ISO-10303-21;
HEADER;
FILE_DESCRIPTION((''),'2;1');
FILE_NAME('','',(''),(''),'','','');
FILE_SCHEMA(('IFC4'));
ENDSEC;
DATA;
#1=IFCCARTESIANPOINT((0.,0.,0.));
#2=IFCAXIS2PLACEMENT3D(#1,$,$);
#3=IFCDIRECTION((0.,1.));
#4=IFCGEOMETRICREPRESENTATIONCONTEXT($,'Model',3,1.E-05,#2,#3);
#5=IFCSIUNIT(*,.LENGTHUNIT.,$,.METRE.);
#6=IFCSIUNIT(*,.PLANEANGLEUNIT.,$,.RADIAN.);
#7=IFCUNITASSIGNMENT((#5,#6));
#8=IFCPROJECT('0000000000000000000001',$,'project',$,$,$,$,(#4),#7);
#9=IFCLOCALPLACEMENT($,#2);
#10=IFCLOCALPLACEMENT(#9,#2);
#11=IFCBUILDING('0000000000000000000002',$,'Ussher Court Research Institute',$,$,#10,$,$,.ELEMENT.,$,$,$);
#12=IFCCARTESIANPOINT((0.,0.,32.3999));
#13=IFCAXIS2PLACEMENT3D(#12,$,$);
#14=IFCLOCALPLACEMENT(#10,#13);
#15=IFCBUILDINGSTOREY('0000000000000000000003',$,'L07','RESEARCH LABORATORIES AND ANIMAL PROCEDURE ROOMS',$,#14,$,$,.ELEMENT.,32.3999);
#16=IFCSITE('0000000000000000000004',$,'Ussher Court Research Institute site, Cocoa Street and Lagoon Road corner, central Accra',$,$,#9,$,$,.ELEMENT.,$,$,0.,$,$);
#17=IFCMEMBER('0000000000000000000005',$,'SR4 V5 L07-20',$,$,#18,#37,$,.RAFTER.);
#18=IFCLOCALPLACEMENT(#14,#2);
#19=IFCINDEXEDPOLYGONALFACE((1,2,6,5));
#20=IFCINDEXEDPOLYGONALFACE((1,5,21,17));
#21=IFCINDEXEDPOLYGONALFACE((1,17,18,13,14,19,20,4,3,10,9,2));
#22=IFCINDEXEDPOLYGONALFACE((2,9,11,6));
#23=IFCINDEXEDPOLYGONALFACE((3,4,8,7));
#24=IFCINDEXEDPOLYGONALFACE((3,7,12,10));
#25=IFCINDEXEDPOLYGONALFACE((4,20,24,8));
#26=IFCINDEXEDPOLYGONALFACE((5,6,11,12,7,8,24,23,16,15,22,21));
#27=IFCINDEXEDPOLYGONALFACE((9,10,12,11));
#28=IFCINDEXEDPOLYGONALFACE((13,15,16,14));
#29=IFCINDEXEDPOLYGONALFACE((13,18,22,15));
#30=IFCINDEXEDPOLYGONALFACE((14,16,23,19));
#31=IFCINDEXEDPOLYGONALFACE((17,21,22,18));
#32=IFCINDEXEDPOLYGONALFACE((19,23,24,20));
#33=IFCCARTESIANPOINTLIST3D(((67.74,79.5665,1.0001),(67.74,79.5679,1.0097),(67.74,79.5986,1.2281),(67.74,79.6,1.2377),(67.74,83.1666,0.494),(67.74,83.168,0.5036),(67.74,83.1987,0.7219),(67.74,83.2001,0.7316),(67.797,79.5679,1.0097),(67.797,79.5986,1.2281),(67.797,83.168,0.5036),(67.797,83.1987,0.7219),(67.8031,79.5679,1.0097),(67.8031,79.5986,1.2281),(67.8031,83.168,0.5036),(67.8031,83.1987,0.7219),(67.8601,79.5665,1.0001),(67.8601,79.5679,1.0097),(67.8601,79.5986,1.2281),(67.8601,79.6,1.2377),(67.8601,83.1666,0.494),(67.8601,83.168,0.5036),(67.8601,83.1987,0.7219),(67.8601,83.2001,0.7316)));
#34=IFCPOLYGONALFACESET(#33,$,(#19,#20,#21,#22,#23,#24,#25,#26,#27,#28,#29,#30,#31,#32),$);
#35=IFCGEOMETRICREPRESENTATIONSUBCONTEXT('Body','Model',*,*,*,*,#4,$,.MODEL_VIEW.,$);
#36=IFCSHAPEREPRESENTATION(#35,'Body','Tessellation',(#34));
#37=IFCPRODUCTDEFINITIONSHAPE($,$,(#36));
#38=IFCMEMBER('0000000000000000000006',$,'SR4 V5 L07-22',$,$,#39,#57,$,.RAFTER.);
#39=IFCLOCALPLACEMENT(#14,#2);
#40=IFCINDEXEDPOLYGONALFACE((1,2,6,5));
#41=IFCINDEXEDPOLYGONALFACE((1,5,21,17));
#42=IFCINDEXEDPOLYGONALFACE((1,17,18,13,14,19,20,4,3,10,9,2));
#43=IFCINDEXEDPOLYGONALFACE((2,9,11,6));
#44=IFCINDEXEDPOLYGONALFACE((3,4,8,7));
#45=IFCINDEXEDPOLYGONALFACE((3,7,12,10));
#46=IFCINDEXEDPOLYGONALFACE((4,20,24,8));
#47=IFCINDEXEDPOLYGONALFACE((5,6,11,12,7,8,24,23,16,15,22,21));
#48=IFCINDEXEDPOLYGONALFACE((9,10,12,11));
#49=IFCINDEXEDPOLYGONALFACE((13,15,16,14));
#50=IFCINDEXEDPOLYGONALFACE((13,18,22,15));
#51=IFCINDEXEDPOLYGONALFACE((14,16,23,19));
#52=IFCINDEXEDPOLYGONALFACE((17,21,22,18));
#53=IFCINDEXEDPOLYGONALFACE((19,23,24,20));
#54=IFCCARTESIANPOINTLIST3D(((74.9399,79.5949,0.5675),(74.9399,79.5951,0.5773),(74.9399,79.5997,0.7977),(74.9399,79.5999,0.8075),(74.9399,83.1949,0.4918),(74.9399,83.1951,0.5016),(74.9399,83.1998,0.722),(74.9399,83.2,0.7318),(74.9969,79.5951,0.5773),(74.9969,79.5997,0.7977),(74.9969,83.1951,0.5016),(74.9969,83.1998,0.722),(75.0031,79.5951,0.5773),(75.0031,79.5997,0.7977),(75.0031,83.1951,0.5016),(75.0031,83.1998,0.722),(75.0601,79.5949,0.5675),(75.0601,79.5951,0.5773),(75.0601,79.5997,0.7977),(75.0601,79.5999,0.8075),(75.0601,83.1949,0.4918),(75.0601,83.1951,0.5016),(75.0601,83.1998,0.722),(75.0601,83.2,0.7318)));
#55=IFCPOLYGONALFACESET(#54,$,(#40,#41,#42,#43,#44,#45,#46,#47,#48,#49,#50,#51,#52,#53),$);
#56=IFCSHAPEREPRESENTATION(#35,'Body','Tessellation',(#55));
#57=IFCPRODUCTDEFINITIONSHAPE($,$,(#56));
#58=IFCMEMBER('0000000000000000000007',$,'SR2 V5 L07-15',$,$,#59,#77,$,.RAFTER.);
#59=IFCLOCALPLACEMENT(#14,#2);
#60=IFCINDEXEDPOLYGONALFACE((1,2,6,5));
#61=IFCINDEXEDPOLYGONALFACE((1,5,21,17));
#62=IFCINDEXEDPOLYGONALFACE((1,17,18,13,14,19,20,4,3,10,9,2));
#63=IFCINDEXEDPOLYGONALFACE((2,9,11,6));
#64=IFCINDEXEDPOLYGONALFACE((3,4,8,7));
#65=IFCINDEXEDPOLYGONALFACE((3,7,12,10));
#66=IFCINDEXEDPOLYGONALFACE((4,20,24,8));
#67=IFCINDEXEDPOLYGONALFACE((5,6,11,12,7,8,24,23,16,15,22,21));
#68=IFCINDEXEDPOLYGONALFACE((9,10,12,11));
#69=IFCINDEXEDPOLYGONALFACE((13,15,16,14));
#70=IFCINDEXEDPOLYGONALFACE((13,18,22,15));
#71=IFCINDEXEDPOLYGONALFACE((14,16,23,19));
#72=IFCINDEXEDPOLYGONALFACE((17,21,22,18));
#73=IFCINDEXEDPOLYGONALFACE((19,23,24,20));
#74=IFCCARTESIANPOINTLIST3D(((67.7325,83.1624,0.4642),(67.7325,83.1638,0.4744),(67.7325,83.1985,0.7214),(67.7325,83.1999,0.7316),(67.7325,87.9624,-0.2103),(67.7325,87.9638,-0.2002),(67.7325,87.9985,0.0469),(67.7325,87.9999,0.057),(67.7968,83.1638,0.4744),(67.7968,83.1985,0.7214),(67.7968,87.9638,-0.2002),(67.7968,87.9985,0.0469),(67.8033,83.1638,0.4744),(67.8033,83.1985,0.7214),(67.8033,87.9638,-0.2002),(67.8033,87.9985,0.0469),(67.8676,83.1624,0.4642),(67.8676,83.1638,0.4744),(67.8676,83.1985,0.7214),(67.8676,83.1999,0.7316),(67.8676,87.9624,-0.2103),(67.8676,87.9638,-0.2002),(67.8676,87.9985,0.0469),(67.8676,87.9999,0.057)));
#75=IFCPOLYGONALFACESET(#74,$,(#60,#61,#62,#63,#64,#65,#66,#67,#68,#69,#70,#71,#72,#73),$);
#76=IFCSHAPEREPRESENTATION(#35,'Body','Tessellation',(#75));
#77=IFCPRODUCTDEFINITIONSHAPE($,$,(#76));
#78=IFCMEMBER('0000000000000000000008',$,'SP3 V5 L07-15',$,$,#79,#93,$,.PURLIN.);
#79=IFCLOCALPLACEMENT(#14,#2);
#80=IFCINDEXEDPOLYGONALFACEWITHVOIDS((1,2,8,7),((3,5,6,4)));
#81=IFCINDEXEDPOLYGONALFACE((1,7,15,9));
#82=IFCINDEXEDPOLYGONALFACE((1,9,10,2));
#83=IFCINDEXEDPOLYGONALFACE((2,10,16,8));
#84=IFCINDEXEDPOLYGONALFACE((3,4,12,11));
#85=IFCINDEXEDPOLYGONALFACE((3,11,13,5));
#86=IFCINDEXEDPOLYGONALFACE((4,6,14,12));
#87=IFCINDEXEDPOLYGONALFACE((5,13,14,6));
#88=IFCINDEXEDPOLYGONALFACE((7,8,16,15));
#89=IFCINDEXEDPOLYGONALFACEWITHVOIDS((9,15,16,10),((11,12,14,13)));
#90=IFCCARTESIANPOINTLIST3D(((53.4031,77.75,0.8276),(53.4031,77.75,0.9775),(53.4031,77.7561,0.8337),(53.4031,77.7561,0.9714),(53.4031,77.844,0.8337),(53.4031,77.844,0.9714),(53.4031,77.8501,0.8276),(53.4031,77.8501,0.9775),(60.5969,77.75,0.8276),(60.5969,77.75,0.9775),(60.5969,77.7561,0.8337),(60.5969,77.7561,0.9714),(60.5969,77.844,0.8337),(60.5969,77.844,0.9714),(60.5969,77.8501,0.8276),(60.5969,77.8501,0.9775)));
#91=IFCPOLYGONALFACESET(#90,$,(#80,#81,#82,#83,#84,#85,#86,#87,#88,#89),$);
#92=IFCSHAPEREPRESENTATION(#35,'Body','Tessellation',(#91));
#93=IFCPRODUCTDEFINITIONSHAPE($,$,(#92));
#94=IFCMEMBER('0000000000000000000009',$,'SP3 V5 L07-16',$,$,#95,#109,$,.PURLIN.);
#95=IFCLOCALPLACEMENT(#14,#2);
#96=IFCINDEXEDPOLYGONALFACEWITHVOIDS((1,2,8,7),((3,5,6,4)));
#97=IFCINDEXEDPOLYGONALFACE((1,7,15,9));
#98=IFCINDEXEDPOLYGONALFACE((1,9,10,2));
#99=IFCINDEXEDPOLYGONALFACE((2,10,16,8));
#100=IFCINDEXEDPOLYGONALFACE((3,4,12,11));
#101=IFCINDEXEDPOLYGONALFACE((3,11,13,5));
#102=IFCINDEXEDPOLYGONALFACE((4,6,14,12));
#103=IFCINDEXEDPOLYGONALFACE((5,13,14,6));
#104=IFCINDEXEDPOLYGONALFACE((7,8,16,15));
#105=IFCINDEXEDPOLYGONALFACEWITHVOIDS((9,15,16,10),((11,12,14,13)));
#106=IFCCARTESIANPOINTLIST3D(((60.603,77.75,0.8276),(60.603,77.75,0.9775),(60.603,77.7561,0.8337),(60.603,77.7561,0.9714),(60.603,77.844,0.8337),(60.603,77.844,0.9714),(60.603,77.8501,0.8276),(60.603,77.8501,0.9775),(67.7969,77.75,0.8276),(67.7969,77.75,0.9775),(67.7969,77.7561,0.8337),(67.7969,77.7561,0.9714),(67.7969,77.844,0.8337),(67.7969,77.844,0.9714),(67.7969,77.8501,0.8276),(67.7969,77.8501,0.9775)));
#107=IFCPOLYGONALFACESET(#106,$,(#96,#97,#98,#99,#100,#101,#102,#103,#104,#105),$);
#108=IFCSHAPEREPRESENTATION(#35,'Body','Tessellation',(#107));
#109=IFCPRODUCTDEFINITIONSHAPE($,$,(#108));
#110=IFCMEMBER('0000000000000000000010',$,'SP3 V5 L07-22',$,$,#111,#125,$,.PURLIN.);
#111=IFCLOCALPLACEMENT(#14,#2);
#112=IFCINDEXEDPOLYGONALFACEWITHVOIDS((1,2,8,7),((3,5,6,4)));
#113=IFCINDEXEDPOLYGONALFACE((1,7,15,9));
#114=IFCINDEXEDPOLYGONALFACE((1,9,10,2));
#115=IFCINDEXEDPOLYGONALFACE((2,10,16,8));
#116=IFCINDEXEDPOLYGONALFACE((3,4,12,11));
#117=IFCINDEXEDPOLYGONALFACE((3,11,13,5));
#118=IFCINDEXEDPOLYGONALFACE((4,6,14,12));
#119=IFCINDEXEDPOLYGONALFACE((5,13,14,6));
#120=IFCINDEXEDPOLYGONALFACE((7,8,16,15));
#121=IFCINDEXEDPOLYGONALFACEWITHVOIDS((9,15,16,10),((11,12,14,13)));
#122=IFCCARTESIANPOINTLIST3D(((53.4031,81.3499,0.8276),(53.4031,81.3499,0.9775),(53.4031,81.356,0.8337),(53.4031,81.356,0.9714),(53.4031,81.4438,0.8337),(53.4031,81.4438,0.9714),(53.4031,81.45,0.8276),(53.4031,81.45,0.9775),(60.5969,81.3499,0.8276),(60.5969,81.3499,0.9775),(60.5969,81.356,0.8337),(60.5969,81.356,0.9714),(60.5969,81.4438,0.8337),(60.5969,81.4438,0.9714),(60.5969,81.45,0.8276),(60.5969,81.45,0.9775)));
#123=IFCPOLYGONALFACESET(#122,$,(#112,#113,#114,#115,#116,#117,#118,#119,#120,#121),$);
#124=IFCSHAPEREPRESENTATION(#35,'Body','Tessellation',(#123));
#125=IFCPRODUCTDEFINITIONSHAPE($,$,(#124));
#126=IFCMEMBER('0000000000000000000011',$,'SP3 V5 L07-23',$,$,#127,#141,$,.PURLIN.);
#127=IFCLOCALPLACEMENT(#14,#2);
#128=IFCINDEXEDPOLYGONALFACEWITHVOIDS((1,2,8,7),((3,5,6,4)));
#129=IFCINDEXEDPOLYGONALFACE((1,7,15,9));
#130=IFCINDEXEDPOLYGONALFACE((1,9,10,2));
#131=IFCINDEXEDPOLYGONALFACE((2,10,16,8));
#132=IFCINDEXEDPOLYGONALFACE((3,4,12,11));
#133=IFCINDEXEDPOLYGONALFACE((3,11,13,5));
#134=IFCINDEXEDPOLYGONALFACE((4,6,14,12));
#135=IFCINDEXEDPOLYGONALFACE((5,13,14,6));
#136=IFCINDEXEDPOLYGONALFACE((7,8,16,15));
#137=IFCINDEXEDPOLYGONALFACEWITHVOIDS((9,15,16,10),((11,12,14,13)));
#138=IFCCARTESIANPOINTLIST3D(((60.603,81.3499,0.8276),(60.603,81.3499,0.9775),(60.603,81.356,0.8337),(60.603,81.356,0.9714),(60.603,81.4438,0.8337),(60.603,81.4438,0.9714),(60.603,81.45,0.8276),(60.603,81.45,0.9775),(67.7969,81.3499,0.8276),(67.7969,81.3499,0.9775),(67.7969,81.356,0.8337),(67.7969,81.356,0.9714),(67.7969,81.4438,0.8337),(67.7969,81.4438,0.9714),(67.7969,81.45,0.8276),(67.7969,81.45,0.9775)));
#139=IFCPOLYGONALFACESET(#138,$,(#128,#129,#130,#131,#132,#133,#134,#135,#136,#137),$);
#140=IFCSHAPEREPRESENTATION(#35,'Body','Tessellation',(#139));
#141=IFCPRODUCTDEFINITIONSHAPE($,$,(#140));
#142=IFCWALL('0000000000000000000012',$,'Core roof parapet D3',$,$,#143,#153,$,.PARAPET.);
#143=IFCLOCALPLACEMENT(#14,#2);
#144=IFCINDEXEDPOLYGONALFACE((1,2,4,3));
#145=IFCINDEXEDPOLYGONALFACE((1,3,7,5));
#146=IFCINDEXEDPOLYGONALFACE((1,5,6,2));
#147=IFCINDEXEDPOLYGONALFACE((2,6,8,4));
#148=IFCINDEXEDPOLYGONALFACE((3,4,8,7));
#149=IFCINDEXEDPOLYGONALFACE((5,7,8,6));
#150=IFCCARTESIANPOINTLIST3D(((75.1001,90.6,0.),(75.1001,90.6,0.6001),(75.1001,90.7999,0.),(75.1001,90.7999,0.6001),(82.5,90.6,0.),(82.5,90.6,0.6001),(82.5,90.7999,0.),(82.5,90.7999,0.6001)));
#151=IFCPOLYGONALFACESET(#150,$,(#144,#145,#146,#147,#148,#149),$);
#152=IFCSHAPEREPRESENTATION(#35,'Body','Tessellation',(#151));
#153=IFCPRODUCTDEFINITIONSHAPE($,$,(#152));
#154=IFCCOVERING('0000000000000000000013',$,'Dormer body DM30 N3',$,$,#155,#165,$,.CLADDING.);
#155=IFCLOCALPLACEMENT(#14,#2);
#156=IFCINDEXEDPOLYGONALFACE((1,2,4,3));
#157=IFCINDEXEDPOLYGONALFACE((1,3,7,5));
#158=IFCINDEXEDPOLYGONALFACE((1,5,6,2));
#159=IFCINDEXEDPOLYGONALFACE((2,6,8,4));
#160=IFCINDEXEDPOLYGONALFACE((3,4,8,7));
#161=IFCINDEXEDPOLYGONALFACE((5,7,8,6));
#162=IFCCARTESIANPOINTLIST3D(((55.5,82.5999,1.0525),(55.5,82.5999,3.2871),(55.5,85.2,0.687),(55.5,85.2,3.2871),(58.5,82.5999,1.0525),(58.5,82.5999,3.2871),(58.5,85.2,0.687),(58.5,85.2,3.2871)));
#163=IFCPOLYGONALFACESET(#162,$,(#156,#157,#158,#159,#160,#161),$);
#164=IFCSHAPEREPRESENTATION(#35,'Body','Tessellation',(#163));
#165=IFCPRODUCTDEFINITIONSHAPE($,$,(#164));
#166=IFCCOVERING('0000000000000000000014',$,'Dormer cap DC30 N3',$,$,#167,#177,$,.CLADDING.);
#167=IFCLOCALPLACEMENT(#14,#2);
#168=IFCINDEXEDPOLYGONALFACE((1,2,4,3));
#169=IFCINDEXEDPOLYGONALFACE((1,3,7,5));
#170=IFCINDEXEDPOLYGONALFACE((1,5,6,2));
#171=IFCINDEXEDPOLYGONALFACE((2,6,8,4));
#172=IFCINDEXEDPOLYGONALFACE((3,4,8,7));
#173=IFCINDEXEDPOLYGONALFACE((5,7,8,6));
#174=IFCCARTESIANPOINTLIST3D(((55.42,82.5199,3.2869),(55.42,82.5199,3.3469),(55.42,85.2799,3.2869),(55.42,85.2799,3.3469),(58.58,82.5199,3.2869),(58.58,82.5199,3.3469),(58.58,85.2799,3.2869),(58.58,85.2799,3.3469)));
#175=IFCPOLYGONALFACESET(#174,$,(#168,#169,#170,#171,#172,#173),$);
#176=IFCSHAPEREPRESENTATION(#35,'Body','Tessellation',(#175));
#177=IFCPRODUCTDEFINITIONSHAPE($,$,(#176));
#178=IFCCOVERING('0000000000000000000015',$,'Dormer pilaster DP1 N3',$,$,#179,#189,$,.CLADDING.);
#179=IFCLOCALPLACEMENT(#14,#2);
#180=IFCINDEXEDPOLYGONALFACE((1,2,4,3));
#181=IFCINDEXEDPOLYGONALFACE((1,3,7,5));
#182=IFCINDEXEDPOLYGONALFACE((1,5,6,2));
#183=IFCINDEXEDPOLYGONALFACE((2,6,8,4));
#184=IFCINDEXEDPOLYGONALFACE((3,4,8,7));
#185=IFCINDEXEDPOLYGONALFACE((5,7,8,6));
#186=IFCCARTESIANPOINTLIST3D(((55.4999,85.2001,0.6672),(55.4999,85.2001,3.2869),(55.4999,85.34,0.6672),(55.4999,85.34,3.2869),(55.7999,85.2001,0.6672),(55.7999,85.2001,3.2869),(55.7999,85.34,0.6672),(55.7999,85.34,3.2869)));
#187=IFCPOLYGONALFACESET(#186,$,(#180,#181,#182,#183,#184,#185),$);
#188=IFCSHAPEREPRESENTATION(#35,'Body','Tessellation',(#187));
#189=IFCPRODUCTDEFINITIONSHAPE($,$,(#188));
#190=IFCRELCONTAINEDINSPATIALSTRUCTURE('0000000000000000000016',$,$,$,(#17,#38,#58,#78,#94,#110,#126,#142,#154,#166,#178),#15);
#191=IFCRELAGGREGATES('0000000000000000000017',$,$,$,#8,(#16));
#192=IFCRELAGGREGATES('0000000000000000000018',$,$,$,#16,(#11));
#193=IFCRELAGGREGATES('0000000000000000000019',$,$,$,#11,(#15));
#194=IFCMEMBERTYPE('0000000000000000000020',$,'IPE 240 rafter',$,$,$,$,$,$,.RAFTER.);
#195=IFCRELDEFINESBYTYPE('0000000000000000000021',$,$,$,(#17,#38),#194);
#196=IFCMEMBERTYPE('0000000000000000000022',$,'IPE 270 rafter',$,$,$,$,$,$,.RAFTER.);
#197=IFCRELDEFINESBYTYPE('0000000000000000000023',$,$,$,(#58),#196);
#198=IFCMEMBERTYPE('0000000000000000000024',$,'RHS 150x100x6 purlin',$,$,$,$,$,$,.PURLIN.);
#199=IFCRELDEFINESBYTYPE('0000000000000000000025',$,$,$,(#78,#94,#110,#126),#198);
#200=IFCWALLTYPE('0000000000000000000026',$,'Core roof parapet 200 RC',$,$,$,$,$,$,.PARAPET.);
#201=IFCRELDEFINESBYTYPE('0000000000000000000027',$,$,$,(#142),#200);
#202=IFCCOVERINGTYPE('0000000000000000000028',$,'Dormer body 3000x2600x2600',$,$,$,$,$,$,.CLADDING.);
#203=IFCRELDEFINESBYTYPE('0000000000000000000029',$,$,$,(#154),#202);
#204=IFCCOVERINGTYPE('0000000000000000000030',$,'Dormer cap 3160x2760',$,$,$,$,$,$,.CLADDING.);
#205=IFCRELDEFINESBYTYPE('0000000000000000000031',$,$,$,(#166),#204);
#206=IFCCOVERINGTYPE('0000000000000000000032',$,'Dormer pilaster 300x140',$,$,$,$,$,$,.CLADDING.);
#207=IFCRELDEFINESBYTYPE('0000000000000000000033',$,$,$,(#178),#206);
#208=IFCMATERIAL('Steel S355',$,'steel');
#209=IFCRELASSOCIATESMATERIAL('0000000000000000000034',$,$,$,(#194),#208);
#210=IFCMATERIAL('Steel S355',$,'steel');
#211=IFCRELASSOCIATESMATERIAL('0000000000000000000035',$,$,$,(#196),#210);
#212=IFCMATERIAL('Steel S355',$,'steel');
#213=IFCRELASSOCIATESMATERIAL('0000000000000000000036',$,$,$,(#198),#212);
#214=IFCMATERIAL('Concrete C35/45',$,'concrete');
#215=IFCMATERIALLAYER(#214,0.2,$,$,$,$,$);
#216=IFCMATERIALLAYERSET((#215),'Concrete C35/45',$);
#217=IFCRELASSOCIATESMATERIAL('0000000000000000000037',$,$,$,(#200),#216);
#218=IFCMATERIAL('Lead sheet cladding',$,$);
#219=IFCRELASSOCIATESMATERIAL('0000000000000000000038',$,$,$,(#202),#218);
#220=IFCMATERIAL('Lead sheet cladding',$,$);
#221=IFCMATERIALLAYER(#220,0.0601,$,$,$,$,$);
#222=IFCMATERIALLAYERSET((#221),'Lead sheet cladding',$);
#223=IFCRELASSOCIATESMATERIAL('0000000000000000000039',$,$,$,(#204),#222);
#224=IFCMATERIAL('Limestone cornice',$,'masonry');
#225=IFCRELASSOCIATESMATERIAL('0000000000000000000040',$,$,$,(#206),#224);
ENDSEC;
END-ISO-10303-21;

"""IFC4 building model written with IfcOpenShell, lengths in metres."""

from ifc_helpers import new_model, si_unit, direction, frame, frame_2d, origin, origin_2d, place, context, subcontext, project, spatial, polyline, rectangle, hollow_rectangle, i_section, outline, extrude, material, layer, layer_set, material_profile, profile_set, type_object, element, save


model = new_model("IFC4")

# Units and contexts
model_context = context("Model", 3, precision=1e-05, world=origin(), true_north=direction((0.0, 1.0)))
body_context = subcontext(model_context, "Body", "Model", "MODEL_VIEW")
ifc_project = project(units=[si_unit("LENGTHUNIT", "METRE"), si_unit("PLANEANGLEUNIT", "RADIAN")], contexts=[model_context])

# Site, building, storey
site_placement = place(None, origin())
site = spatial("IfcSite", under=ifc_project, at=site_placement, Name="Ussher Court Research Institute site, Cocoa Street and Lagoon Road corner, central Accra", CompositionType="ELEMENT", RefElevation=0.0)
building_placement = place(site_placement, origin())
building = spatial("IfcBuilding", under=site, at=building_placement, Name="Ussher Court Research Institute", CompositionType="ELEMENT")
storey_placement = place(building_placement, frame((0.0, 0.0, 32.3999)))
storey = spatial("IfcBuildingStorey", under=building, at=storey_placement, Name="L07", Description="RESEARCH LABORATORIES AND ANIMAL PROCEDURE ROOMS", CompositionType="ELEMENT", Elevation=32.3999)

# Members
ifc_material_1 = material(Name="Steel S355", Category="steel")
ifc_material_profile_1 = material_profile(ifc_material_1, i_section(OverallWidth=0.1201, OverallDepth=0.24, WebThickness=0.0061, FlangeThickness=0.0098, at=origin_2d()), Name="IPE 240")
ifc_profile_set_1 = profile_set([ifc_material_profile_1], Name="Steel S355")
member_type_1 = type_object("IfcMemberType", Name="IPE 240 rafter", PredefinedType="RAFTER", material=ifc_profile_set_1)
for number, where, z_axis, x_axis, name in (
    (1, (67.8, 79.5833, 1.1189), (0.0, 0.990263, -0.139212), (-1.0, 0.0, 0.0), "SR4 V5 L07-20"),
):
    element("IfcMember", number, at=place(storey_placement, frame(where, z_axis=z_axis, x_axis=x_axis)), inside=storey, type_object=member_type_1, Name=name, PredefinedType="RAFTER", context=body_context, shape_type="SweptSolid", body=[
        extrude(i_section(OverallWidth=0.1201, OverallDepth=0.24, WebThickness=0.0061, FlangeThickness=0.0098, at=origin_2d()), origin(), (0.0, 0.0, 1.0), 3.6355),
    ])
member_1_placement = place(storey_placement, frame((75.0, 79.5974, 0.6875), z_axis=(0.0, 0.999779, -0.021018), x_axis=(-1.0, 0.0, 0.0)))
element("IfcMember", 2, at=member_1_placement, inside=storey, type_object=member_type_1, Name="SR4 V5 L07-22", PredefinedType="RAFTER", context=body_context, shape_type="SweptSolid", body=[
    extrude(i_section(OverallWidth=0.1201, OverallDepth=0.24, WebThickness=0.0061, FlangeThickness=0.0098, at=origin_2d()), origin(), (0.0, 0.0, 1.0), 3.6008),
])
ifc_material_2 = material(Name="Steel S355", Category="steel")
ifc_material_profile_2 = material_profile(ifc_material_2, i_section(OverallWidth=0.135, OverallDepth=0.27, WebThickness=0.0066, FlangeThickness=0.0103, at=origin_2d()), Name="IPE 270")
ifc_profile_set_2 = profile_set([ifc_material_profile_2], Name="Steel S355")
member_type_2 = type_object("IfcMemberType", Name="IPE 270 rafter", PredefinedType="RAFTER", material=ifc_profile_set_2)
member_2_placement = place(storey_placement, frame((67.8, 83.1812, 0.5979), z_axis=(0.0, 0.990269, -0.139165), x_axis=(-1.0, 0.0, 0.0)))
element("IfcMember", 3, at=member_2_placement, inside=storey, type_object=member_type_2, Name="SR2 V5 L07-15", PredefinedType="RAFTER", context=body_context, shape_type="SweptSolid", body=[
    extrude(i_section(OverallWidth=0.135, OverallDepth=0.27, WebThickness=0.0066, FlangeThickness=0.0103, at=origin_2d()), origin(), (0.0, 0.0, 1.0), 4.8472),
])
ifc_material_3 = material(Name="Steel S355", Category="steel")
ifc_material_profile_3 = material_profile(ifc_material_3, hollow_rectangle(XDim=0.1001, YDim=0.1499, WallThickness=0.0061, at=origin_2d()), Name="RHS 150x100x6")
ifc_profile_set_3 = profile_set([ifc_material_profile_3], Name="Steel S355")
member_type_3 = type_object("IfcMemberType", Name="RHS 150x100x6 purlin", PredefinedType="PURLIN", material=ifc_profile_set_3)
for number, where, z_axis, x_axis, name in (
    (4, (53.4031, 77.8, 0.9026), (1.0, 0.0, 0.0), (0.0, 1.0, 0.0), "SP3 V5 L07-15"),
    (5, (60.603, 77.8, 0.9026), (1.0, 0.0, 0.0), (0.0, 1.0, 0.0), "SP3 V5 L07-16"),
    (6, (53.4031, 81.3999, 0.9026), (1.0, 0.0, 0.0), (0.0, 1.0, 0.0), "SP3 V5 L07-22"),
    (7, (60.603, 81.3999, 0.9026), (1.0, 0.0, 0.0), (0.0, 1.0, 0.0), "SP3 V5 L07-23"),
):
    element("IfcMember", number, at=place(storey_placement, frame(where, z_axis=z_axis, x_axis=x_axis)), inside=storey, type_object=member_type_3, Name=name, PredefinedType="PURLIN", context=body_context, shape_type="SweptSolid", body=[
        extrude(hollow_rectangle(XDim=0.1001, YDim=0.1499, WallThickness=0.0061, at=origin_2d()), origin(), (0.0, 0.0, 1.0), 7.1938),
    ])

# Wall
ifc_material_4 = material(Name="Concrete C35/45", Category="concrete")
ifc_layer_1 = layer(ifc_material_4, 0.2)
ifc_layer_set_1 = layer_set([ifc_layer_1], Name="Concrete C35/45")
wall_type = type_object("IfcWallType", Name="Core roof parapet 200 RC", PredefinedType="PARAPET", material=ifc_layer_set_1)
wall_placement = place(storey_placement, frame((75.1001, 90.7, 0.0), z_axis=(0.0, 0.0, 1.0), x_axis=(1.0, 0.0, 0.0)))
element("IfcWall", 8, at=wall_placement, inside=storey, type_object=wall_type, Name="Core roof parapet D3", PredefinedType="PARAPET", context=body_context, shape_type="SweptSolid", body=[
    extrude(rectangle(XDim=7.3999, YDim=0.2, at=frame_2d((3.7, 0.0))), origin(), (0.0, 0.0, 1.0), 0.6001),
])

# Coverings
ifc_material_5 = material(Name="Lead sheet cladding")
covering_type_1 = type_object("IfcCoveringType", Name="Dormer body 3000x2600x2600", PredefinedType="CLADDING", material=ifc_material_5)
covering_1_placement = place(storey_placement, frame((55.5, 85.2, 0.687), z_axis=(1.0, 0.0, 0.0), x_axis=(0.0, 1.0, 0.0)))
element("IfcCovering", 9, at=covering_1_placement, inside=storey, type_object=covering_type_1, Name="Dormer body DM30 N3", PredefinedType="CLADDING", context=body_context, shape_type="SweptSolid", body=[
    extrude(outline(polyline([(0.0, 0.0), (0.0, 2.6001), (-2.6001, 2.6001), (-2.6001, 0.3655), (0.0, 0.0)])), origin(), (0.0, 0.0, 1.0), 3.0),
])
ifc_material_6 = material(Name="Lead sheet cladding")
ifc_layer_2 = layer(ifc_material_6, 0.0601)
ifc_layer_set_2 = layer_set([ifc_layer_2], Name="Lead sheet cladding")
covering_type_2 = type_object("IfcCoveringType", Name="Dormer cap 3160x2760", PredefinedType="CLADDING", material=ifc_layer_set_2)
covering_2_placement = place(storey_placement, frame((57.0, 83.8999, 3.2869), z_axis=(0.0, 0.0, 1.0), x_axis=(1.0, 0.0, 0.0)))
element("IfcCovering", 10, at=covering_2_placement, inside=storey, type_object=covering_type_2, Name="Dormer cap DC30 N3", PredefinedType="CLADDING", context=body_context, shape_type="SweptSolid", body=[
    extrude(rectangle(XDim=3.1599, YDim=2.76, at=origin_2d()), origin(), (0.0, 0.0, 1.0), 0.0601),
])
ifc_material_7 = material(Name="Limestone cornice", Category="masonry")
covering_type_3 = type_object("IfcCoveringType", Name="Dormer pilaster 300x140", PredefinedType="CLADDING", material=ifc_material_7)
for number, where, z_axis, x_axis, name in (
    (11, (55.6499, 85.27, 0.6672), (0.0, 0.0, 1.0), (1.0, 0.0, 0.0), "Dormer pilaster DP1 N3"),
):
    element("IfcCovering", number, at=place(storey_placement, frame(where, z_axis=z_axis, x_axis=x_axis)), inside=storey, type_object=covering_type_3, Name=name, PredefinedType="CLADDING", context=body_context, shape_type="SweptSolid", body=[
        extrude(rectangle(XDim=0.3, YDim=0.1399, at=origin_2d()), origin(), (0.0, 0.0, 1.0), 2.6196),
    ])

save(model, "model.ifc")
